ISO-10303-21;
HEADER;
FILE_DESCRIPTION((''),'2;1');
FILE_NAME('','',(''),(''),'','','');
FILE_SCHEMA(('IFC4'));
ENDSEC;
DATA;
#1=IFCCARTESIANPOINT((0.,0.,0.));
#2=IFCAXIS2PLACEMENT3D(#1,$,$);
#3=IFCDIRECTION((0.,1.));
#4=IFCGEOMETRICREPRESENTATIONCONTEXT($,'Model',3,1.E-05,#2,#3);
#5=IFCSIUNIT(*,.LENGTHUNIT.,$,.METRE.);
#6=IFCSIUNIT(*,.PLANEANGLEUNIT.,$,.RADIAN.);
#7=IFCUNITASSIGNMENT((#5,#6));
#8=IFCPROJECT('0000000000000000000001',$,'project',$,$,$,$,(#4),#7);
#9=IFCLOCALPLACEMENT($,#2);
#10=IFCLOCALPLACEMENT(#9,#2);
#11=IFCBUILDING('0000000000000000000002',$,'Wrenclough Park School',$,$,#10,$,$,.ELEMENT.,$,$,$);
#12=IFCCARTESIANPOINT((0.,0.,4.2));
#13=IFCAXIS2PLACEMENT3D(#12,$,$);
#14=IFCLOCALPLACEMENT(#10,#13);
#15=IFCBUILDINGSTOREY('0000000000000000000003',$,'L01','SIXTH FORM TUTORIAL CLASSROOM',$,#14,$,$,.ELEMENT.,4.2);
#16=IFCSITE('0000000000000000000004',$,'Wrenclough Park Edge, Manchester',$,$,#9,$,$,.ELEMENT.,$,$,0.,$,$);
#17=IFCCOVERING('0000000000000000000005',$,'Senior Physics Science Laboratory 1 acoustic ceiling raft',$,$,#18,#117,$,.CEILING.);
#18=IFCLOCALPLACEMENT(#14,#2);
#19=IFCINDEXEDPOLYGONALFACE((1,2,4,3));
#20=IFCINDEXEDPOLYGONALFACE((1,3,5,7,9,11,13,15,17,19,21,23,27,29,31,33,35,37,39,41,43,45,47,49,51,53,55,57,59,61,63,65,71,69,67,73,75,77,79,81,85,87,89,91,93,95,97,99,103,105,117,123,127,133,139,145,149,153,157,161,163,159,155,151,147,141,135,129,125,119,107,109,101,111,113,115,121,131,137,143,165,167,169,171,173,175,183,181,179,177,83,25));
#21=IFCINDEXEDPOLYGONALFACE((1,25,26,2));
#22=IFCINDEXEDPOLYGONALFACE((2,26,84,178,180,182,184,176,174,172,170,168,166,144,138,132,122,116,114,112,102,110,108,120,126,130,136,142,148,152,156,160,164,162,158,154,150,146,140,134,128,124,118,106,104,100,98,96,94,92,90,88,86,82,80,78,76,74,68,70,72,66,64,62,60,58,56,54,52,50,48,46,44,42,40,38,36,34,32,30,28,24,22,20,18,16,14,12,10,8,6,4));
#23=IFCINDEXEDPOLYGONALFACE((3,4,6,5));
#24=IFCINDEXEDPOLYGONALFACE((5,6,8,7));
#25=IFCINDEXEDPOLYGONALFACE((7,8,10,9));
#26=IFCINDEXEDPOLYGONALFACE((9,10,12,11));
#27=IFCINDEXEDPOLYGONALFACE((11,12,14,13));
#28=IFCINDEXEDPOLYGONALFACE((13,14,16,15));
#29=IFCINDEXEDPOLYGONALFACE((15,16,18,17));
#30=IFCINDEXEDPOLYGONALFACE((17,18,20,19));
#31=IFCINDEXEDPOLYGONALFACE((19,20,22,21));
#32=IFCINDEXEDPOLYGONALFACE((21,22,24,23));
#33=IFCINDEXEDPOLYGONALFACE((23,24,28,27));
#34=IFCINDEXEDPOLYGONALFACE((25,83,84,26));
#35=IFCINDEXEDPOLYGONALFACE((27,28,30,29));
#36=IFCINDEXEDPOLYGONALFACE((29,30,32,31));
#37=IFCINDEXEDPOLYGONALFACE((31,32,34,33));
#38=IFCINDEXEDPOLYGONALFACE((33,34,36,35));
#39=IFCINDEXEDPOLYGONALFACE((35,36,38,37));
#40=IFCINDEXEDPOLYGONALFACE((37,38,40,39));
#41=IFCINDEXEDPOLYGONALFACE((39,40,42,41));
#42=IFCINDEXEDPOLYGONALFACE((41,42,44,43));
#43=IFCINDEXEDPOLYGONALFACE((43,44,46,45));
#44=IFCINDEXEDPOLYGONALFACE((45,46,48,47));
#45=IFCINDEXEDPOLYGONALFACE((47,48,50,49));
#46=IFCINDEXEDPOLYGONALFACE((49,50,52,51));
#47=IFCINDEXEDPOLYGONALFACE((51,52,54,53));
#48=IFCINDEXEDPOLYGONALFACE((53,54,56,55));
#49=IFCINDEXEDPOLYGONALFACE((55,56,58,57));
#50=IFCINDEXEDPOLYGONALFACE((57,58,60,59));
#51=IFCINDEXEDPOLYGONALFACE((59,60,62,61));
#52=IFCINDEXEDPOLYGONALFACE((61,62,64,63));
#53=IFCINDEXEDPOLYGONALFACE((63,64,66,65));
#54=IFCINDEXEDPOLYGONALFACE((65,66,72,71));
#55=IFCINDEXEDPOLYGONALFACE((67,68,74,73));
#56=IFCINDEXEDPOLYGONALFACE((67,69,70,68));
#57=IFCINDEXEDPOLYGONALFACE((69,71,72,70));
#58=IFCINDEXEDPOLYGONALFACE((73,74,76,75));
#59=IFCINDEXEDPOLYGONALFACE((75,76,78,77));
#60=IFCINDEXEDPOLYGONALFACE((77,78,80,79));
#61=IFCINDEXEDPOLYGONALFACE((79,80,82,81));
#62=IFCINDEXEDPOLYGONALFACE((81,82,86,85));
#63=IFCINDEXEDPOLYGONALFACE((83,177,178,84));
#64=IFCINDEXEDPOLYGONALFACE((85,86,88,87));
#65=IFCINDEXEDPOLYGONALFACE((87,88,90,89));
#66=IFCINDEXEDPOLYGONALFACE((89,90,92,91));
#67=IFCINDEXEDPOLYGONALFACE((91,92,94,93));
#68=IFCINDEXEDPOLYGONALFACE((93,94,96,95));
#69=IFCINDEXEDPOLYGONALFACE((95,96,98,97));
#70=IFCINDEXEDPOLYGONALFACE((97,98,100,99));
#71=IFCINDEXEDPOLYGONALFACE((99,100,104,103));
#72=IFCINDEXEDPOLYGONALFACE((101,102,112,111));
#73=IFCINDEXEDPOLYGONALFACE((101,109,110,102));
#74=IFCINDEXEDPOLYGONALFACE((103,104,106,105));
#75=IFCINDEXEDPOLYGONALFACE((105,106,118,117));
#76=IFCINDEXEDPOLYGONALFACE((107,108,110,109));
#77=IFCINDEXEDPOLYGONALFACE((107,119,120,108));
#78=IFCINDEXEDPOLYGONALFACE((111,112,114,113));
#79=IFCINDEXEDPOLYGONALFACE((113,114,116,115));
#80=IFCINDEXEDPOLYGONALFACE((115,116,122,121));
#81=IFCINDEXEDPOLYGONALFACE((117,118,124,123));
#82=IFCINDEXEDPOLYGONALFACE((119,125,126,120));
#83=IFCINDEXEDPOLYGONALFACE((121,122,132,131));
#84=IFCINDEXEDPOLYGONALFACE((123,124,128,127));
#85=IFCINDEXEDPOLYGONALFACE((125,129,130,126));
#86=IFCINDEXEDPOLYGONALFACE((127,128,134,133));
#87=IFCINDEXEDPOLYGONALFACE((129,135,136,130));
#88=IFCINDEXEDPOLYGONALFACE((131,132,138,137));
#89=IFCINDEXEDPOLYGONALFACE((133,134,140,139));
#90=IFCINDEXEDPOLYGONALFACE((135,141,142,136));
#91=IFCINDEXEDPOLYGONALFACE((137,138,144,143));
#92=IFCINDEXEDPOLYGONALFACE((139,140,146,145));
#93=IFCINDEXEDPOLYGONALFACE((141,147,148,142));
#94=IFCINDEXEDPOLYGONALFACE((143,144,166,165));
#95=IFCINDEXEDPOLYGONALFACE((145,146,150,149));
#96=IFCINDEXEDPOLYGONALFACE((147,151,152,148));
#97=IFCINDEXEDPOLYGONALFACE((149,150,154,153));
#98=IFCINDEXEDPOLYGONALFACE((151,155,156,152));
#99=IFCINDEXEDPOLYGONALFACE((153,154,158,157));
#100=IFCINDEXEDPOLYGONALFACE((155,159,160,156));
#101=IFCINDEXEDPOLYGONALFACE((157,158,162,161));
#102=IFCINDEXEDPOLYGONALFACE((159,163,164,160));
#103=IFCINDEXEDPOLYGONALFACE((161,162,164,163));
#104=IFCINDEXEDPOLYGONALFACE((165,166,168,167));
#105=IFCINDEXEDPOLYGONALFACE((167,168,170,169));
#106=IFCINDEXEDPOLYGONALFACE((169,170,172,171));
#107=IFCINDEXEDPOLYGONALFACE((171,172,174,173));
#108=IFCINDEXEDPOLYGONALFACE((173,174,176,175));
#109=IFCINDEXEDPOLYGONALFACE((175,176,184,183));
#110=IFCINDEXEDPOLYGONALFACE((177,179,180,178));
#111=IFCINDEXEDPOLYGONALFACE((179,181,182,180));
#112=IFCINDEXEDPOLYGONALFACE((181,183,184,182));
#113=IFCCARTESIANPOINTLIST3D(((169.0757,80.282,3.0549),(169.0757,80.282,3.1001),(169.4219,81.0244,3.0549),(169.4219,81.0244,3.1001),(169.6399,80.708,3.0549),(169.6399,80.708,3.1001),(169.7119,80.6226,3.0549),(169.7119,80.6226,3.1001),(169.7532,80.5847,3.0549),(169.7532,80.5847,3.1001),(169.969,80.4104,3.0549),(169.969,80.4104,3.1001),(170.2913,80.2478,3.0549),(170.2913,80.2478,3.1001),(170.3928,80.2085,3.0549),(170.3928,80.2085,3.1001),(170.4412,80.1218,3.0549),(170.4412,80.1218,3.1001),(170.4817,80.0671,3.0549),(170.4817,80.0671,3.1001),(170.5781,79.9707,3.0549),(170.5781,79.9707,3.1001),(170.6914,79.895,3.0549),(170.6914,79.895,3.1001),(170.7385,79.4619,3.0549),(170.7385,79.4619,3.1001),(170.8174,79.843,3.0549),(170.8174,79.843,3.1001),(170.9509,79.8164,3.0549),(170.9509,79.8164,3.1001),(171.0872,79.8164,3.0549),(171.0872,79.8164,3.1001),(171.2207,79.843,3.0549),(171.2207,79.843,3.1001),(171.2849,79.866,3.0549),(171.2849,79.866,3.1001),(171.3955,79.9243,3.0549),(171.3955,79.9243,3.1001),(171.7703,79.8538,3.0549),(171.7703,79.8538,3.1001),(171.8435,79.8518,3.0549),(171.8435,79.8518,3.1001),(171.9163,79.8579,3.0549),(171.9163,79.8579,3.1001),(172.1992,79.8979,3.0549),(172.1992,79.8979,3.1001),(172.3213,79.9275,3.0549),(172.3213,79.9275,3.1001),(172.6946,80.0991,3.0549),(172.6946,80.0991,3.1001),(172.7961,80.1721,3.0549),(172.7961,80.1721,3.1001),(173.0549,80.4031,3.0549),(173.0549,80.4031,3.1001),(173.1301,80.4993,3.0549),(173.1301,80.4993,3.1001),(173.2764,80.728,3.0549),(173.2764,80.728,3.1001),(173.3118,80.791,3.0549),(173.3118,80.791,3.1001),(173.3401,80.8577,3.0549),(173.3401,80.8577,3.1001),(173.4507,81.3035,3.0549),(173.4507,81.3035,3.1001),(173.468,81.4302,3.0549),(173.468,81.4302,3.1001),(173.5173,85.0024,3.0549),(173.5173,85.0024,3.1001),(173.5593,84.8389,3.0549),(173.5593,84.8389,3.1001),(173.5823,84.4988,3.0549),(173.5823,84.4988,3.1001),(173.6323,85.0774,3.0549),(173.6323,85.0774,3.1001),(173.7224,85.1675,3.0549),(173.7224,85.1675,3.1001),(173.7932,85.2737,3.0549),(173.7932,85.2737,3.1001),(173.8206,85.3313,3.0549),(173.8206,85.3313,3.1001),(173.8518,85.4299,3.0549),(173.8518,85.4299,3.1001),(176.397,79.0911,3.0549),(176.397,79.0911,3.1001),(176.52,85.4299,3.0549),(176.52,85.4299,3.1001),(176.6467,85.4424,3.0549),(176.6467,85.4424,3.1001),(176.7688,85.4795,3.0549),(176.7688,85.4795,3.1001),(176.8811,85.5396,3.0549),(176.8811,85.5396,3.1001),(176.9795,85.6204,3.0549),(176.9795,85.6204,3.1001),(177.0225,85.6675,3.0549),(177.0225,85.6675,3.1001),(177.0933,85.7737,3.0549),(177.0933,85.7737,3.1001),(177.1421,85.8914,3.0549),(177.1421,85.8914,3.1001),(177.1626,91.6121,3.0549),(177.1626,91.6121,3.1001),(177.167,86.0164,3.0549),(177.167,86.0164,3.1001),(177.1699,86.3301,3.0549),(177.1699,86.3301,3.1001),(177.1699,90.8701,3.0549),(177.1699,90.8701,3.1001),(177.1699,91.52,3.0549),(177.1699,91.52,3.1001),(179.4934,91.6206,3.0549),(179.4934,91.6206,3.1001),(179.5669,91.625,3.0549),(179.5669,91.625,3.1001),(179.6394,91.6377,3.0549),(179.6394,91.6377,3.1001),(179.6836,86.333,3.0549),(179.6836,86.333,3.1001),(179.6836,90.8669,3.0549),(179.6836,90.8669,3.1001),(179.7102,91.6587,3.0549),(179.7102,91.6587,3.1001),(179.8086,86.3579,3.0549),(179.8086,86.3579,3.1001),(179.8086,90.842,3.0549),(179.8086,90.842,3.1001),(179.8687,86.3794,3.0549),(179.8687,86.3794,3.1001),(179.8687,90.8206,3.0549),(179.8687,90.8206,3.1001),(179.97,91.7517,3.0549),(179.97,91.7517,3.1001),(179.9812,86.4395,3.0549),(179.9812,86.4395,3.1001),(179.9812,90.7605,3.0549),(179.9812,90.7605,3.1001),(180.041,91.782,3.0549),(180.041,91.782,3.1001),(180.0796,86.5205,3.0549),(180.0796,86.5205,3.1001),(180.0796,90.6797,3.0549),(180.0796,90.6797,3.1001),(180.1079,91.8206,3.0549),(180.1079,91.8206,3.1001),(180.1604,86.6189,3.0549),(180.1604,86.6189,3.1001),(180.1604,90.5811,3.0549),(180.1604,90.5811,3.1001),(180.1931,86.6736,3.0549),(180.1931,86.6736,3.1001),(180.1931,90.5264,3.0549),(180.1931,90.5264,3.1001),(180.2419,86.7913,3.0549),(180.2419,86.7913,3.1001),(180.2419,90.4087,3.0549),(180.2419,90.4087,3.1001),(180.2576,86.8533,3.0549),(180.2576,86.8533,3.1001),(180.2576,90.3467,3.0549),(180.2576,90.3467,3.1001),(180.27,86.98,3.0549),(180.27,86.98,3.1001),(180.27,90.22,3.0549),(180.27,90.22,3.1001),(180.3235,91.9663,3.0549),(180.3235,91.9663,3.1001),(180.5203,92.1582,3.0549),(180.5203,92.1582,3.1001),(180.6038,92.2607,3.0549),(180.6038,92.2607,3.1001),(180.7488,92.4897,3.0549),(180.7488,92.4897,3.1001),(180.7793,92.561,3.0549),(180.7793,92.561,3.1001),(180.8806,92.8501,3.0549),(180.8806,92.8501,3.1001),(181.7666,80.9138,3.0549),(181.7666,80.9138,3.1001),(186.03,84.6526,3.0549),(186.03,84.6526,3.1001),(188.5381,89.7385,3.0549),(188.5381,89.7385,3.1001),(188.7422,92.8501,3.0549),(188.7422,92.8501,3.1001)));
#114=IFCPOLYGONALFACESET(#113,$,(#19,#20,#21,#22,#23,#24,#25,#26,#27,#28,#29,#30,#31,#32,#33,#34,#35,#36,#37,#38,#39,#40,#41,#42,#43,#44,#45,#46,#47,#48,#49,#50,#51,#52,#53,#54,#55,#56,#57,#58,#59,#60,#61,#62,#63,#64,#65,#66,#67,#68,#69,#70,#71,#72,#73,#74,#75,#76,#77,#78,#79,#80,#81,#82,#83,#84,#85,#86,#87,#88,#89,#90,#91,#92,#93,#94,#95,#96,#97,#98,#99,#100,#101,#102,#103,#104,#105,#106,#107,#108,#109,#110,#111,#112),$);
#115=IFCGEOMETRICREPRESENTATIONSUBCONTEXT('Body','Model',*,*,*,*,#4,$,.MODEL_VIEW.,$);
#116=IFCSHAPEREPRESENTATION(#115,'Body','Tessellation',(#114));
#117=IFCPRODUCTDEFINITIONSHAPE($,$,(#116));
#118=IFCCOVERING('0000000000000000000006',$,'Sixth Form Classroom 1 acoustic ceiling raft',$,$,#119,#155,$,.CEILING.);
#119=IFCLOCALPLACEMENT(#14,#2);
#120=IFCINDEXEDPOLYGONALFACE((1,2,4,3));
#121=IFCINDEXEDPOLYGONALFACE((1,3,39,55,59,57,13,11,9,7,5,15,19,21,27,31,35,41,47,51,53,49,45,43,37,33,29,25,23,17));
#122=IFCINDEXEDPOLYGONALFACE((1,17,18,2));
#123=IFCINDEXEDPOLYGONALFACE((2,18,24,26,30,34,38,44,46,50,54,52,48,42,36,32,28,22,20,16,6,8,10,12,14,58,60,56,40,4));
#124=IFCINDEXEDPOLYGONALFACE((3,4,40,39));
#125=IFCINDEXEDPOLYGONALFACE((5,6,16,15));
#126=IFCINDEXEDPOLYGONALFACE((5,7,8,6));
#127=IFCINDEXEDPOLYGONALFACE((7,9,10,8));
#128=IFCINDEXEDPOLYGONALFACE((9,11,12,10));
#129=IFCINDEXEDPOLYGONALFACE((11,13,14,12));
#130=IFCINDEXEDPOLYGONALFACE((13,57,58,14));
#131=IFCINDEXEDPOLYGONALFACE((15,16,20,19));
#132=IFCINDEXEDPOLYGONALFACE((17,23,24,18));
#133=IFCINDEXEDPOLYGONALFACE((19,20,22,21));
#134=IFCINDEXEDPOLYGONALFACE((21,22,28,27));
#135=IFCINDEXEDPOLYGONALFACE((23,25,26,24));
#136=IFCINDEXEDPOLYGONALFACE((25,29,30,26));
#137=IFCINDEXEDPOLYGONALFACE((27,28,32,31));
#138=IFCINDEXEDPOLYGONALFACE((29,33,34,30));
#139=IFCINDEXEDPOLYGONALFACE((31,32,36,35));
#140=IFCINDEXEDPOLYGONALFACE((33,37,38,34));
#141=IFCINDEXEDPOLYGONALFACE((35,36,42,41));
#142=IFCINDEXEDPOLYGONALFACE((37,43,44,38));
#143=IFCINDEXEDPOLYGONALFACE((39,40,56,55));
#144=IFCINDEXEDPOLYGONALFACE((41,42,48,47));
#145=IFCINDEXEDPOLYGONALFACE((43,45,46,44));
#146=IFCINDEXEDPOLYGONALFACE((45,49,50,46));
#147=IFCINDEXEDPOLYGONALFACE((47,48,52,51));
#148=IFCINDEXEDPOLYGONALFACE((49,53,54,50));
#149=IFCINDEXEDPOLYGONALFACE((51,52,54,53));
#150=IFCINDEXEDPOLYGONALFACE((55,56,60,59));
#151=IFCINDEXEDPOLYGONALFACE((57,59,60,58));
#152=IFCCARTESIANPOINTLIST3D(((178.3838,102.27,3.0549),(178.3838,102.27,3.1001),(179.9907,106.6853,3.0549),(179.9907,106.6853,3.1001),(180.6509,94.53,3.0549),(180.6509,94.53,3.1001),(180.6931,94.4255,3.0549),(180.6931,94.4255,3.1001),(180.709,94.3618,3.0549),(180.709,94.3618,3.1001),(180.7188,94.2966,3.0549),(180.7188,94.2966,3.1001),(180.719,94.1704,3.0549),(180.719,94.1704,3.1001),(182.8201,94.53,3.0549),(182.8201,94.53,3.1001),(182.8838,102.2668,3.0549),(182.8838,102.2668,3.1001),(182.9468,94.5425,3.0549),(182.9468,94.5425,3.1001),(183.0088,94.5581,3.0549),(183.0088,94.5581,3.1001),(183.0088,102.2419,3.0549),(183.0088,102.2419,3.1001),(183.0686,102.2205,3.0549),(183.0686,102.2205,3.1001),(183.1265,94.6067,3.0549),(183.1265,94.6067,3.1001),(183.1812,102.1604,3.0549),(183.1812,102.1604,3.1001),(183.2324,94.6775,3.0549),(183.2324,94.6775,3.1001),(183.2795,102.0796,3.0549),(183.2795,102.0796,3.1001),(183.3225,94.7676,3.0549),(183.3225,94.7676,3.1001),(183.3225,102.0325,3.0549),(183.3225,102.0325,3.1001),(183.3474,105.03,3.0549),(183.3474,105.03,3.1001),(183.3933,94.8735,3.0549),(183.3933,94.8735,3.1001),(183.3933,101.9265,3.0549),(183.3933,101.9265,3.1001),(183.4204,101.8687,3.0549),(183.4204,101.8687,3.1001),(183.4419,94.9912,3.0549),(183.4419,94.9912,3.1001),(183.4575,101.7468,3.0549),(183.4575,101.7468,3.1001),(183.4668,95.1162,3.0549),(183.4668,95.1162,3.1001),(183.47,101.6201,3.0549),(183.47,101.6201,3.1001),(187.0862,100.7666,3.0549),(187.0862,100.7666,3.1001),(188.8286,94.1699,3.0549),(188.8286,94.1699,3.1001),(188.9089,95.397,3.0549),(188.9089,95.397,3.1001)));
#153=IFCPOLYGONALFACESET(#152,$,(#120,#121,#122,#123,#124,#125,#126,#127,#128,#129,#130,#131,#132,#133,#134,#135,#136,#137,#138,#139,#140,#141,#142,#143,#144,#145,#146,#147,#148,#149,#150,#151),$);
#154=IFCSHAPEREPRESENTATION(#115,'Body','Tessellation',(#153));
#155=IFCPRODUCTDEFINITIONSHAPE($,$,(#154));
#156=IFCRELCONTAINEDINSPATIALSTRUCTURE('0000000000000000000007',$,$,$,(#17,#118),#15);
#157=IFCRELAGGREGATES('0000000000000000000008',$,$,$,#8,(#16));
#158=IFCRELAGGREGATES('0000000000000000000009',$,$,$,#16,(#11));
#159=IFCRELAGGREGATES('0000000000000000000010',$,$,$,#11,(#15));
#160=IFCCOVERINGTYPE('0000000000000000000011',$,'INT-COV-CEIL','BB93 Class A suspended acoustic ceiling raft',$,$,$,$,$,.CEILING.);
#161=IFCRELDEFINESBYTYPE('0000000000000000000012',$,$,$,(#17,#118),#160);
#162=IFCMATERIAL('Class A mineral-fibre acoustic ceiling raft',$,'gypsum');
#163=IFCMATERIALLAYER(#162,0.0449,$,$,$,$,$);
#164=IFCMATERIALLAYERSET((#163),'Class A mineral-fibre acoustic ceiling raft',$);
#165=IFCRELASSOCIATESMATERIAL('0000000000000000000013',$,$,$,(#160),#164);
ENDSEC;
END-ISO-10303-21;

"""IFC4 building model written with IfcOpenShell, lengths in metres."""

from ifc_helpers import new_model, si_unit, direction, frame, origin, place, context, subcontext, project, spatial, polyline, outline, extrude, material, layer, layer_set, type_object, element, save


model = new_model("IFC4")

# Units and contexts
model_context = context("Model", 3, precision=1e-05, world=origin(), true_north=direction((0.0, 1.0)))
body_context = subcontext(model_context, "Body", "Model", "MODEL_VIEW")
ifc_project = project(units=[si_unit("LENGTHUNIT", "METRE"), si_unit("PLANEANGLEUNIT", "RADIAN")], contexts=[model_context])

# Site, building, storey
site_placement = place(None, origin())
site = spatial("IfcSite", under=ifc_project, at=site_placement, Name="Wrenclough Park Edge, Manchester", CompositionType="ELEMENT", RefElevation=0.0)
building_placement = place(site_placement, origin())
building = spatial("IfcBuilding", under=site, at=building_placement, Name="Wrenclough Park School", CompositionType="ELEMENT")
storey_placement = place(building_placement, frame((0.0, 0.0, 4.2)))
storey = spatial("IfcBuildingStorey", under=building, at=storey_placement, Name="L01", Description="SIXTH FORM TUTORIAL CLASSROOM", CompositionType="ELEMENT", Elevation=4.2)

# Coverings
ifc_material_1 = material(Name="Class A mineral-fibre acoustic ceiling raft", Category="gypsum")
ifc_layer_1 = layer(ifc_material_1, 0.0449)
ifc_layer_set_1 = layer_set([ifc_layer_1], Name="Class A mineral-fibre acoustic ceiling raft")
covering_type_1 = type_object("IfcCoveringType", Name="INT-COV-CEIL", Description="BB93 Class A suspended acoustic ceiling raft", PredefinedType="CEILING", material=ifc_layer_set_1)
covering_1_placement = place(storey_placement, frame((0.0, 0.0, 3.0549)))
element("IfcCovering", 1, at=covering_1_placement, inside=storey, type_object=covering_type_1, Name="Senior Physics Science Laboratory 1 acoustic ceiling raft", PredefinedType="CEILING", context=body_context, shape_type="SweptSolid", body=[
    extrude(outline(polyline([(169.4219, 81.0244), (169.0757, 80.282), (170.7385, 79.4619), (176.397, 79.0911), (181.7666, 80.9138), (186.03, 84.6526), (188.5381, 89.7385), (188.7422, 92.8501), (180.8806, 92.8501), (180.7793, 92.561), (180.7488, 92.4897), (180.6038, 92.2607), (180.5203, 92.1582), (180.3235, 91.9663), (180.1079, 91.8206), (180.041, 91.782), (179.97, 91.7517), (179.7102, 91.6587), (179.6394, 91.6377), (179.5669, 91.625), (179.4934, 91.6206), (177.1626, 91.6121), (177.1699, 91.52), (177.1699, 90.8701), (179.6836, 90.8669), (179.8086, 90.842), (179.8687, 90.8206), (179.9812, 90.7605), (180.0796, 90.6797), (180.1604, 90.5811), (180.1931, 90.5264), (180.2419, 90.4087), (180.2576, 90.3467), (180.27, 90.22), (180.27, 86.98), (180.2576, 86.8533), (180.2419, 86.7913), (180.1931, 86.6736), (180.1604, 86.6189), (180.0796, 86.5205), (179.9812, 86.4395), (179.8687, 86.3794), (179.8086, 86.3579), (179.6836, 86.333), (177.1699, 86.3301), (177.167, 86.0164), (177.1421, 85.8914), (177.0933, 85.7737), (177.0225, 85.6675), (176.9795, 85.6204), (176.8811, 85.5396), (176.7688, 85.4795), (176.6467, 85.4424), (176.52, 85.4299), (173.8518, 85.4299), (173.8206, 85.3313), (173.7932, 85.2737), (173.7224, 85.1675), (173.6323, 85.0774), (173.5173, 85.0024), (173.5593, 84.8389), (173.5823, 84.4988), (173.468, 81.4302), (173.4507, 81.3035), (173.3401, 80.8577), (173.3118, 80.791), (173.2764, 80.728), (173.1301, 80.4993), (173.0549, 80.4031), (172.7961, 80.1721), (172.6946, 80.0991), (172.3213, 79.9275), (172.1992, 79.8979), (171.9163, 79.8579), (171.8435, 79.8518), (171.7703, 79.8538), (171.3955, 79.9243), (171.2849, 79.866), (171.2207, 79.843), (171.0872, 79.8164), (170.9509, 79.8164), (170.8174, 79.843), (170.6914, 79.895), (170.5781, 79.9707), (170.4817, 80.0671), (170.4412, 80.1218), (170.3928, 80.2085), (170.2913, 80.2478), (169.969, 80.4104), (169.7532, 80.5847), (169.7119, 80.6226), (169.6399, 80.708), (169.4219, 81.0244)])), origin(), (0.0, 0.0, 1.0), 0.0452),
])
covering_2_placement = place(storey_placement, frame((0.0, 0.0, 3.0549)))
element("IfcCovering", 2, at=covering_2_placement, inside=storey, type_object=covering_type_1, Name="Sixth Form Classroom 1 acoustic ceiling raft", PredefinedType="CEILING", context=body_context, shape_type="SweptSolid", body=[
    extrude(outline(polyline([(182.8201, 94.53), (180.6509, 94.53), (180.6931, 94.4255), (180.709, 94.3618), (180.7188, 94.2966), (180.719, 94.1704), (188.8286, 94.1699), (188.9089, 95.397), (187.0862, 100.7666), (183.3474, 105.03), (179.9907, 106.6853), (178.3838, 102.27), (182.8838, 102.2668), (183.0088, 102.2419), (183.0686, 102.2205), (183.1812, 102.1604), (183.2795, 102.0796), (183.3225, 102.0325), (183.3933, 101.9265), (183.4204, 101.8687), (183.4575, 101.7468), (183.47, 101.6201), (183.4668, 95.1162), (183.4419, 94.9912), (183.3933, 94.8735), (183.3225, 94.7676), (183.2324, 94.6775), (183.1265, 94.6067), (183.0088, 94.5581), (182.9468, 94.5425), (182.8201, 94.53)])), origin(), (0.0, 0.0, 1.0), 0.0452),
])

save(model, "model.ifc")
